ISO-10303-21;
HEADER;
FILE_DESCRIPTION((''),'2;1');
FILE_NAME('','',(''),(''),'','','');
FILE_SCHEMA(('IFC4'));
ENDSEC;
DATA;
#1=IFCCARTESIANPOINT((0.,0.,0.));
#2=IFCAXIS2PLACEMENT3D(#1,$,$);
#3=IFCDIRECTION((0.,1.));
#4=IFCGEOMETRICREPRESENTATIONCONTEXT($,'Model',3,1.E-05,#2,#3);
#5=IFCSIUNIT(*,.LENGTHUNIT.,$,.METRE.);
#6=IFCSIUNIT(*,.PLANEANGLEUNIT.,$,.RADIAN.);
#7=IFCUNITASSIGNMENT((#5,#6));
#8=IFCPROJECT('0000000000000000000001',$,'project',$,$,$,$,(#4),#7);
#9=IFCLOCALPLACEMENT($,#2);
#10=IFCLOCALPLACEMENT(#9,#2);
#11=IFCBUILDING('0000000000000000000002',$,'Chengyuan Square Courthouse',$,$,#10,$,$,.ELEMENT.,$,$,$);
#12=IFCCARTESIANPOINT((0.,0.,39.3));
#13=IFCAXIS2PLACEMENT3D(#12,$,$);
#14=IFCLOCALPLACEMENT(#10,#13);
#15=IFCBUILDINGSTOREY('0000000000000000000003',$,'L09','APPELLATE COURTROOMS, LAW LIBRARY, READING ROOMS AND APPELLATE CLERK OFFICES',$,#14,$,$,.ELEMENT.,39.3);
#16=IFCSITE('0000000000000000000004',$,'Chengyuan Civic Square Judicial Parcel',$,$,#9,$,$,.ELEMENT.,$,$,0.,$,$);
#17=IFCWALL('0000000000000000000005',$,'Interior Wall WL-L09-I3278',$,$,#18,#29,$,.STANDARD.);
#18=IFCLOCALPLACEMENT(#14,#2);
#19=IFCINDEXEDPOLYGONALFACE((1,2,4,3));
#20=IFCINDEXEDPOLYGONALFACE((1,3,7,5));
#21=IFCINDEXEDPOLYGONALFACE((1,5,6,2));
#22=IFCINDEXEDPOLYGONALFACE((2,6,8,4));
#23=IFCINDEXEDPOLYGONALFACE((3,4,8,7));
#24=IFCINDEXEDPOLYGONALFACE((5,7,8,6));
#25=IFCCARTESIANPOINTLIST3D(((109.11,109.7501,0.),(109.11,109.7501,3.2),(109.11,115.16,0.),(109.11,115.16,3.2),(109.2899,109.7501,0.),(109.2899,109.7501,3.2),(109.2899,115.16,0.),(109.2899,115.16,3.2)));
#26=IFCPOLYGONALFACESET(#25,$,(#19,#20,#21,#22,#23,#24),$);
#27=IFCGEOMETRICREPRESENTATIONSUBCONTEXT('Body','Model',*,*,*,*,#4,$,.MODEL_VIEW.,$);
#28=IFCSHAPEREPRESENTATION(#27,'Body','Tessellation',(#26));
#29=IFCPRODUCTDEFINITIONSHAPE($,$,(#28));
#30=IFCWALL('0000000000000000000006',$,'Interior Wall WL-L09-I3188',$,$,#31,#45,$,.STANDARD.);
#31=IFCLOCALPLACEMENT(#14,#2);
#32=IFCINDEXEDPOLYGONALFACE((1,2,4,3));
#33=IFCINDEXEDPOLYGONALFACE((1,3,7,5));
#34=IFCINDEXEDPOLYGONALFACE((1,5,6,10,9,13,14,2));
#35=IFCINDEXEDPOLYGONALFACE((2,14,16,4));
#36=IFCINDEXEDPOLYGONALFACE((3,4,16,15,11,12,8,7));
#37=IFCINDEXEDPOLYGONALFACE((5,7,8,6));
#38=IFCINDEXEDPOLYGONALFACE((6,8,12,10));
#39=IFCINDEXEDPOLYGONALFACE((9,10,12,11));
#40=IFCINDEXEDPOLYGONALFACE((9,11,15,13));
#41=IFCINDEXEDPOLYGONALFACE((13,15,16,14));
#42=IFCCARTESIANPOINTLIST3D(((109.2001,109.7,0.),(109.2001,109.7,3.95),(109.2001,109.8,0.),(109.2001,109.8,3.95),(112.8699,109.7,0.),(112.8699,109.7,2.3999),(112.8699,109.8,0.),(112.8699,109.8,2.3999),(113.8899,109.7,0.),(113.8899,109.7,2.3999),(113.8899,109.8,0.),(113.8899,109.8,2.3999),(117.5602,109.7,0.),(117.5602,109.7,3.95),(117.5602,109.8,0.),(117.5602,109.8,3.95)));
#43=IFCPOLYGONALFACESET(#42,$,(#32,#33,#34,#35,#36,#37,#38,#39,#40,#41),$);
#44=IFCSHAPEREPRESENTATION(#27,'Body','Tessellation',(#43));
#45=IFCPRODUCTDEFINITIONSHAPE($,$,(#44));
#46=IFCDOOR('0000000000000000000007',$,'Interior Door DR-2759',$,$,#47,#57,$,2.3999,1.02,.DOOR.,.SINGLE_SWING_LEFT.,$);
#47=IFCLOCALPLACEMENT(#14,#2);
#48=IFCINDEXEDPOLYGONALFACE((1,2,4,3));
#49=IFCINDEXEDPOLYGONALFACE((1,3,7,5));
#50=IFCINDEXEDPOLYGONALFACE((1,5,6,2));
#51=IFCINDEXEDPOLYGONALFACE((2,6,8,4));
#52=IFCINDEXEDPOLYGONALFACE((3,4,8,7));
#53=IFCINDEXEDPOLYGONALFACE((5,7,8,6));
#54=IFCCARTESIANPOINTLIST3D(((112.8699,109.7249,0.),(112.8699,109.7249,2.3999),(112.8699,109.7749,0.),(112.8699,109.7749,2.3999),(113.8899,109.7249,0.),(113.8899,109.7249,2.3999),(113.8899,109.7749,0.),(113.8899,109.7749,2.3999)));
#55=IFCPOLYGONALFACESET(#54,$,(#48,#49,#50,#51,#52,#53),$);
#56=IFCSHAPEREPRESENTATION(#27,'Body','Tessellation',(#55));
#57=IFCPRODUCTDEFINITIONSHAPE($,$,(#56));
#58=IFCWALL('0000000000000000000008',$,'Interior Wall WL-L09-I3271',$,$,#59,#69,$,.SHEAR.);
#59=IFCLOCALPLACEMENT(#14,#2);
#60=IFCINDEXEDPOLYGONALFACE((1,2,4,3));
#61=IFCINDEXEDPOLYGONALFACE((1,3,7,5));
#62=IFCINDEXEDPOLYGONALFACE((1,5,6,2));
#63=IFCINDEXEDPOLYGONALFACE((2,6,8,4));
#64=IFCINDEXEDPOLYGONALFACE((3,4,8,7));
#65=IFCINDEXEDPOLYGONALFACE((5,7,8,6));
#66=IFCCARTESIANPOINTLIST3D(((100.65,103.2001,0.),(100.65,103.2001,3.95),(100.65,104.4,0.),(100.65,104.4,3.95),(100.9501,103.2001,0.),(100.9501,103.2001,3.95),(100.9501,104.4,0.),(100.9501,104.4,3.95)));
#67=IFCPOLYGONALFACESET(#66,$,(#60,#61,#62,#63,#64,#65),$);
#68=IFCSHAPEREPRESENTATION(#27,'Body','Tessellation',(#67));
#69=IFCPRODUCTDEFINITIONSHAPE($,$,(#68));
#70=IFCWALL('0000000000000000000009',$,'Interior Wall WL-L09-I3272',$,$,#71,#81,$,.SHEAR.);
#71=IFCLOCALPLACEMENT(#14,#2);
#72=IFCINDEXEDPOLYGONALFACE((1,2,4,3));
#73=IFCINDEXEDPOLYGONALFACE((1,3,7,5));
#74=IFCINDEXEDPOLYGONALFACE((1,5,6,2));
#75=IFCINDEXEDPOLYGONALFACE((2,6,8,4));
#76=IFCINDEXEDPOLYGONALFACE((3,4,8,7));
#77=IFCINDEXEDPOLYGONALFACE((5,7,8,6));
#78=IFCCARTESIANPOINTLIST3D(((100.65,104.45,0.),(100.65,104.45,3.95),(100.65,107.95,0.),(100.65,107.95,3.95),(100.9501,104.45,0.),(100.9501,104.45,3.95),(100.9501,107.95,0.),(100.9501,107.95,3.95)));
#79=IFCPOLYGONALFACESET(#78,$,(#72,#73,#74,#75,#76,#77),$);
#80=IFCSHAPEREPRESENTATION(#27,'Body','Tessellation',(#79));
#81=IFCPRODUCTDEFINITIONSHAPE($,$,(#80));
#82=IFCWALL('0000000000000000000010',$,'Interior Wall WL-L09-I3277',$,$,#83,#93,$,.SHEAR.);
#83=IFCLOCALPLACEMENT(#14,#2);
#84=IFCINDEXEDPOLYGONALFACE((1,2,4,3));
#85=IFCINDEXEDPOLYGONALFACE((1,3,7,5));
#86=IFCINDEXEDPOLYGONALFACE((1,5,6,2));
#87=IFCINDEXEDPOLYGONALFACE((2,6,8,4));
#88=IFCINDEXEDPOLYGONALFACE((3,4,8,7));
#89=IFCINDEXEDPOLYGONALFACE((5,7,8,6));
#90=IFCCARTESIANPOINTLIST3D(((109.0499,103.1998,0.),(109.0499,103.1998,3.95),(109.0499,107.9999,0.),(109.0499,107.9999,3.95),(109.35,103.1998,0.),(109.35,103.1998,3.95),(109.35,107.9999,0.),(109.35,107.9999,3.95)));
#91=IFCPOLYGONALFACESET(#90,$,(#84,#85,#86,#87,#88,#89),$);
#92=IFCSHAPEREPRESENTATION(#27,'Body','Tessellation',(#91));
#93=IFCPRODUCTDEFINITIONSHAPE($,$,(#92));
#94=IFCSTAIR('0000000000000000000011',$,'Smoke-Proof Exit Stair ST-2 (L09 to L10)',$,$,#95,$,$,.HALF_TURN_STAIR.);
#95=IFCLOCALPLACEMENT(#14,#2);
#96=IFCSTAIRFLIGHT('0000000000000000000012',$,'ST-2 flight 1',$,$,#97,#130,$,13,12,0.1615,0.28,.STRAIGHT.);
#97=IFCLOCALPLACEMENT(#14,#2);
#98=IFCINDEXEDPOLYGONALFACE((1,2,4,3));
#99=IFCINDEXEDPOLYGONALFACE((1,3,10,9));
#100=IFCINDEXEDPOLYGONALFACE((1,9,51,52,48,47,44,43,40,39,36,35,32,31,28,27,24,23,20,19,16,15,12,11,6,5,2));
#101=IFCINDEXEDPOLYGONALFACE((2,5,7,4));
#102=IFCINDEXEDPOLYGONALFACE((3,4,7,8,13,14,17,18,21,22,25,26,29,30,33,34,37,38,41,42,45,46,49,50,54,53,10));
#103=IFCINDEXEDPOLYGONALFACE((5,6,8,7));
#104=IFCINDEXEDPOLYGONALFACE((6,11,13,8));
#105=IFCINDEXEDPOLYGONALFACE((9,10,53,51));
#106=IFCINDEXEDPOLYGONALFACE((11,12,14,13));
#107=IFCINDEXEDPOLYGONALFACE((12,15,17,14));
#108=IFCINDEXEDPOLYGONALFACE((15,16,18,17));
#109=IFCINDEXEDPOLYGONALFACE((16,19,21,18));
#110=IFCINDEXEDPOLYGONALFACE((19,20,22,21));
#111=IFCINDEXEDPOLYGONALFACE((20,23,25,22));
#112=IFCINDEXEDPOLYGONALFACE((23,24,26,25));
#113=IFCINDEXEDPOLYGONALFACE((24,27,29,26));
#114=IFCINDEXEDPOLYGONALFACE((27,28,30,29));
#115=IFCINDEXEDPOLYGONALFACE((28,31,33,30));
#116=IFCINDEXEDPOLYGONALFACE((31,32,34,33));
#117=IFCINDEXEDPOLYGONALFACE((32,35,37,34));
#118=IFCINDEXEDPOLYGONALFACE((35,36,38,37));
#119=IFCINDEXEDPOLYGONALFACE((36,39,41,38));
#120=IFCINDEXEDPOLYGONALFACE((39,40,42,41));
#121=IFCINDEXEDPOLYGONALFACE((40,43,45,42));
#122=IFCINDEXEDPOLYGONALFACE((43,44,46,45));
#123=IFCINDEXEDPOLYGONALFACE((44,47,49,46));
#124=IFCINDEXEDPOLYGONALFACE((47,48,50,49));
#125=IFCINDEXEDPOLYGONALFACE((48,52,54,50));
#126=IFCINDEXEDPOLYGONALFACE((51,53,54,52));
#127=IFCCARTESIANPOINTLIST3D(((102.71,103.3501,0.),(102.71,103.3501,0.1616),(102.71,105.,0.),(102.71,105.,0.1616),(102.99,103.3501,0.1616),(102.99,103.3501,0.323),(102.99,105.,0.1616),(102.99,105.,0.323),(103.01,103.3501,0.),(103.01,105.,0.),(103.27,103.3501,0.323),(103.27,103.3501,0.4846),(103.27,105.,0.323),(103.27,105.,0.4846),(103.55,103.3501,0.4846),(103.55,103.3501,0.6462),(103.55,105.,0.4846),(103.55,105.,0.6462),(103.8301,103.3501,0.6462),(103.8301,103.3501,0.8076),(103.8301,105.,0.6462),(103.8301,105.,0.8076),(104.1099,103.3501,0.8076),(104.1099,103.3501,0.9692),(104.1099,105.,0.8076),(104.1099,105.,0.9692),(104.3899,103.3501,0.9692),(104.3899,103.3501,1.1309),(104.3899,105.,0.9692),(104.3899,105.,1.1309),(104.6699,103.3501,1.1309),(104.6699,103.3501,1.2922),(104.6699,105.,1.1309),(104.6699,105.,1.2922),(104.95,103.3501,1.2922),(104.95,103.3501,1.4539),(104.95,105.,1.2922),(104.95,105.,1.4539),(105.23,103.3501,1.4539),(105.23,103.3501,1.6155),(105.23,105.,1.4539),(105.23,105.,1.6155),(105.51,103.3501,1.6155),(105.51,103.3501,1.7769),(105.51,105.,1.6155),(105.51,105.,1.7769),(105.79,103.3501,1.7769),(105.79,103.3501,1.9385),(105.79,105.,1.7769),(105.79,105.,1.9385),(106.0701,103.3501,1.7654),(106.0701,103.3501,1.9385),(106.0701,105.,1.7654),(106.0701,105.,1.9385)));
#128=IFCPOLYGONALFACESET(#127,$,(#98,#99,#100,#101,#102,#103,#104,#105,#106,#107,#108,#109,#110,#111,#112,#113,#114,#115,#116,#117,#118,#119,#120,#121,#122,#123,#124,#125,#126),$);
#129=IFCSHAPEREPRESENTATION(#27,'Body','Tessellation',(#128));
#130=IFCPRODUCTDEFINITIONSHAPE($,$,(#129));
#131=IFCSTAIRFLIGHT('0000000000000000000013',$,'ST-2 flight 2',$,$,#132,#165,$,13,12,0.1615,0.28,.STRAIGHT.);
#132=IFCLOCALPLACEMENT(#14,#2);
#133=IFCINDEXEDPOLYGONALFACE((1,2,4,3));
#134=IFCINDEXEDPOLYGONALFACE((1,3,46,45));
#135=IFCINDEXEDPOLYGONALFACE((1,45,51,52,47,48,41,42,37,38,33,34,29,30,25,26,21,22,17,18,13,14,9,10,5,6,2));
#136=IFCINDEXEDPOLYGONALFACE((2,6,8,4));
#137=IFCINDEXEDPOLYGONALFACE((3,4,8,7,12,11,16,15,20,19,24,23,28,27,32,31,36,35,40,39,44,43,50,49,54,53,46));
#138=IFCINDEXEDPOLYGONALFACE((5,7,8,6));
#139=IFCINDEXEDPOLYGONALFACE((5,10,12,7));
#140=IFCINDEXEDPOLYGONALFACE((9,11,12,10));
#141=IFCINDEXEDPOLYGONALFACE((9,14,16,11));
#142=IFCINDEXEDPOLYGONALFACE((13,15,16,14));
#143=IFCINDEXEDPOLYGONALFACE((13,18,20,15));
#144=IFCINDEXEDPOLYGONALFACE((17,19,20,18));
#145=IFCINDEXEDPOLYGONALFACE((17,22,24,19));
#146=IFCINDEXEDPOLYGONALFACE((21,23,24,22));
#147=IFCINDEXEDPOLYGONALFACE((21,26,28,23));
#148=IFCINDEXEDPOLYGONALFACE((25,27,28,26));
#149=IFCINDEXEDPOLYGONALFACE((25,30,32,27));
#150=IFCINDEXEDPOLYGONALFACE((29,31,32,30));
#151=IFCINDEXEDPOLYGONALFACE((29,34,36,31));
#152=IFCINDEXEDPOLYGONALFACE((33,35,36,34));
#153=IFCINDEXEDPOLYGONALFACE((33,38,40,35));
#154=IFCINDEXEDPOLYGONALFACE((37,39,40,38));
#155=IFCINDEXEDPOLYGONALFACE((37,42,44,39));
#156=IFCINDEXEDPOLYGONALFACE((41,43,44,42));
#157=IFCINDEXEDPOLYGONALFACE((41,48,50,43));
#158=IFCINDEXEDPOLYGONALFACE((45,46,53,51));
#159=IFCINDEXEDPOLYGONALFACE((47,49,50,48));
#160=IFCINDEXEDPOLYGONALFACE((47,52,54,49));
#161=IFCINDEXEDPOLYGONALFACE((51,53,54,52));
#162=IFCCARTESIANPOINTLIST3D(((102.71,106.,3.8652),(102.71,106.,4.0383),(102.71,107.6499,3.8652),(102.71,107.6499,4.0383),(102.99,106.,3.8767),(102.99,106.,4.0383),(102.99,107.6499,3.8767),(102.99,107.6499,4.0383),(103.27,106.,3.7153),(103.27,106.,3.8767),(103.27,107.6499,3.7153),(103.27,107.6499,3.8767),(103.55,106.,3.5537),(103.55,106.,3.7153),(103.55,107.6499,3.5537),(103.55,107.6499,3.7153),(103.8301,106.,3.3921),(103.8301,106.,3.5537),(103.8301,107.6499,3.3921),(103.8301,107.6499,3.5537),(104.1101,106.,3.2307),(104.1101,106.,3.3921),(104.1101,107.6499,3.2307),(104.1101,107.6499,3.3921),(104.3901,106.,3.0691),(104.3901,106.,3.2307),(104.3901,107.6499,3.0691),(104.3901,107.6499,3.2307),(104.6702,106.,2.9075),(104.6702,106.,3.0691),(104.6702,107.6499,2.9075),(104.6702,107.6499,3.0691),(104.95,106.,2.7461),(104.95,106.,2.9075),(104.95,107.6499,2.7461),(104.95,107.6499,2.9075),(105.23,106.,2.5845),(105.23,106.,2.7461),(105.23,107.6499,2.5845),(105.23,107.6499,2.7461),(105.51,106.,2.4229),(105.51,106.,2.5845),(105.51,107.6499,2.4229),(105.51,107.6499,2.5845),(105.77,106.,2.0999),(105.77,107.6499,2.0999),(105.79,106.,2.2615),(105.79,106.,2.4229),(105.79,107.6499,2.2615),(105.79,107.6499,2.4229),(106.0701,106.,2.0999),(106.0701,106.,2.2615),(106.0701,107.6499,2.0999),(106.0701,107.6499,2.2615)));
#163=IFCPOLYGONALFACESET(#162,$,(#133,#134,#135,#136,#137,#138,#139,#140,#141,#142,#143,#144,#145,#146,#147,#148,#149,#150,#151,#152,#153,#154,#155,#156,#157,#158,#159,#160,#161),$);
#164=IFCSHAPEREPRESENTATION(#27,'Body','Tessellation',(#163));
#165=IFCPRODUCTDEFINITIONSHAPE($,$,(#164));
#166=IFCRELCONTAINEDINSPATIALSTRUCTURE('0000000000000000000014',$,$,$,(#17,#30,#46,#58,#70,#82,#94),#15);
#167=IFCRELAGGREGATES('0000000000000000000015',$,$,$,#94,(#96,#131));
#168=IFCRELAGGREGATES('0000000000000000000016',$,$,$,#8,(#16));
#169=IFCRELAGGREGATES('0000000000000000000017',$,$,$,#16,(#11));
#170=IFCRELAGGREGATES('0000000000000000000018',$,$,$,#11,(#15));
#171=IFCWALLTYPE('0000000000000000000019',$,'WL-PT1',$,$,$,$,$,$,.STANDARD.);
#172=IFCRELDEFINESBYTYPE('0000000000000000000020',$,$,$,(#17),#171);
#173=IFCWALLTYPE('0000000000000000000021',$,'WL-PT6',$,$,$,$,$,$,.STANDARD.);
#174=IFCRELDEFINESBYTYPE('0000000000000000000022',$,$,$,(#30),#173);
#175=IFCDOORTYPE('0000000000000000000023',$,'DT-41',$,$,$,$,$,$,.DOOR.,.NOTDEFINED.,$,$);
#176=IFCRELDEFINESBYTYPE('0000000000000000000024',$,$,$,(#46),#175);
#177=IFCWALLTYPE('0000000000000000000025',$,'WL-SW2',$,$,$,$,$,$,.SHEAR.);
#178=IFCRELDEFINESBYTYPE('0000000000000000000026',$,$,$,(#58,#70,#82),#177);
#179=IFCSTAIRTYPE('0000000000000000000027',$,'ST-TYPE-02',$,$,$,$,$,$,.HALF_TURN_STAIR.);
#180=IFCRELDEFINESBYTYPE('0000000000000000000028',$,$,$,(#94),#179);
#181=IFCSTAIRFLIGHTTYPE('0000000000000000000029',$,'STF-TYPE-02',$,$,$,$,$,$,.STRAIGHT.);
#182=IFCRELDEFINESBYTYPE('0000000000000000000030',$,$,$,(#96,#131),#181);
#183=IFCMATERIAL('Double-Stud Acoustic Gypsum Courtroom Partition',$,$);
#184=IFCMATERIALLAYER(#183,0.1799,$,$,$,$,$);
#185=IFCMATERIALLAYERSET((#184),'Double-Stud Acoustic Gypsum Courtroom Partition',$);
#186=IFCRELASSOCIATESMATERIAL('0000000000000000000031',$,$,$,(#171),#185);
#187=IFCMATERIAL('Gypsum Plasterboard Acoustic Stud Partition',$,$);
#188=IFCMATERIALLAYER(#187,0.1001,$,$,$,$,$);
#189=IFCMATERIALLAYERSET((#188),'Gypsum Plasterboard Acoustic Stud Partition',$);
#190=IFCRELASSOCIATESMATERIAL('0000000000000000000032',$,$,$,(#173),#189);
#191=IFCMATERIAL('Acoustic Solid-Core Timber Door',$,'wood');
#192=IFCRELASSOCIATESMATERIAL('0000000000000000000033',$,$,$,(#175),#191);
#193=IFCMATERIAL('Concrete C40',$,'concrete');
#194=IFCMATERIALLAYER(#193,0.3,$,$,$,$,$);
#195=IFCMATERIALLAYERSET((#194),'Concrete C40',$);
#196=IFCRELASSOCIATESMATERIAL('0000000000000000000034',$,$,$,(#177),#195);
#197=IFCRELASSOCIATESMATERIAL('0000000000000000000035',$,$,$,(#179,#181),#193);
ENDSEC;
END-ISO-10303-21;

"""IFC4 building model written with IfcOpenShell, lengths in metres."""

from ifc_helpers import new_model, si_unit, direction, frame, frame_2d, origin, place, context, subcontext, project, spatial, polyline, rectangle, outline, extrude, material, layer, layer_set, type_object, element, fill, aggregate, save


model = new_model("IFC4")

# Units and contexts
model_context = context("Model", 3, precision=1e-05, world=origin(), true_north=direction((0.0, 1.0)))
body_context = subcontext(model_context, "Body", "Model", "MODEL_VIEW")
ifc_project = project(units=[si_unit("LENGTHUNIT", "METRE"), si_unit("PLANEANGLEUNIT", "RADIAN")], contexts=[model_context])

# Site, building, storey
site_placement = place(None, origin())
site = spatial("IfcSite", under=ifc_project, at=site_placement, Name="Chengyuan Civic Square Judicial Parcel", CompositionType="ELEMENT", RefElevation=0.0)
building_placement = place(site_placement, origin())
building = spatial("IfcBuilding", under=site, at=building_placement, Name="Chengyuan Square Courthouse", CompositionType="ELEMENT")
storey_placement = place(building_placement, frame((0.0, 0.0, 39.3)))
storey = spatial("IfcBuildingStorey", under=building, at=storey_placement, Name="L09", Description="APPELLATE COURTROOMS, LAW LIBRARY, READING ROOMS AND APPELLATE CLERK OFFICES", CompositionType="ELEMENT", Elevation=39.3)

# Shared definitions
ifc_material_1 = material(Name="Concrete C40", Category="concrete")

# Wall
ifc_material_2 = material(Name="Double-Stud Acoustic Gypsum Courtroom Partition")
ifc_layer_1 = layer(ifc_material_2, 0.1799)
ifc_layer_set_1 = layer_set([ifc_layer_1], Name="Double-Stud Acoustic Gypsum Courtroom Partition")
wall_type_1 = type_object("IfcWallType", Name="WL-PT1", PredefinedType="STANDARD", material=ifc_layer_set_1)
wall_1_placement = place(storey_placement, frame((109.2, 109.75, 0.0), z_axis=(0.0, 0.0, 1.0), x_axis=(0.0, 1.0, 0.0)))
element("IfcWall", 1, at=wall_1_placement, inside=storey, type_object=wall_type_1, Name="Interior Wall WL-L09-I3278", PredefinedType="STANDARD", context=body_context, shape_type="SweptSolid", body=[
    extrude(rectangle(XDim=5.4099, YDim=0.1799, at=frame_2d((2.7051, 0.0))), origin(), (0.0, 0.0, 1.0), 3.2),
])

# Wall, opening, door
ifc_material_3 = material(Name="Gypsum Plasterboard Acoustic Stud Partition")
ifc_layer_2 = layer(ifc_material_3, 0.1001)
ifc_layer_set_2 = layer_set([ifc_layer_2], Name="Gypsum Plasterboard Acoustic Stud Partition")
wall_type_2 = type_object("IfcWallType", Name="WL-PT6", PredefinedType="STANDARD", material=ifc_layer_set_2)
wall_2_placement = place(storey_placement, frame((109.2, 109.75, 0.0), z_axis=(0.0, 0.0, 1.0), x_axis=(1.0, 0.0, 0.0)))
wall_2 = element("IfcWall", 2, at=wall_2_placement, inside=storey, type_object=wall_type_2, Name="Interior Wall WL-L09-I3188", PredefinedType="STANDARD", context=body_context, shape_type="SweptSolid", body=[
    extrude(rectangle(XDim=8.3601, YDim=0.1001, at=frame_2d((4.1802, 0.0))), origin(), (0.0, 0.0, 1.0), 3.95),
])
opening_1_placement = place(wall_2_placement, frame((3.6699, 0.0, 0.0)))
opening_1 = element("IfcOpeningElement", 3, at=opening_1_placement, cuts=wall_2, PredefinedType="OPENING", context=body_context, shape_type="SweptSolid", body=[
    extrude(rectangle(XDim=1.02, YDim=2.3999, at=frame_2d((0.51, 1.2))), frame((0.0, 0.062, 0.0), z_axis=(0.0, -1.0, 0.0), x_axis=(1.0, 0.0, 0.0)), (0.0, 0.0, 1.0), 0.124),
])
ifc_material_4 = material(Name="Acoustic Solid-Core Timber Door", Category="wood")
door_type_1 = type_object("IfcDoorType", Name="DT-41", OperationType="NOTDEFINED", PredefinedType="DOOR", material=ifc_material_4)
door_1_placement = place(opening_1_placement, origin())
door_1 = element("IfcDoor", 4, at=door_1_placement, inside=storey, type_object=door_type_1, Name="Interior Door DR-2759", OperationType="SINGLE_SWING_LEFT", OverallHeight=2.3999, OverallWidth=1.02, PredefinedType="DOOR", context=body_context, shape_type="SweptSolid", body=[
    extrude(rectangle(XDim=1.02, YDim=2.3999, at=frame_2d((0.51, 1.2))), frame((0.0, 0.0249, 0.0), z_axis=(0.0, -1.0, 0.0), x_axis=(1.0, 0.0, 0.0)), (0.0, 0.0, 1.0), 0.05),
])
fill(opening_1, door_1)

# Walls
ifc_layer_3 = layer(ifc_material_1, 0.3)
ifc_layer_set_3 = layer_set([ifc_layer_3], Name="Concrete C40")
wall_type_3 = type_object("IfcWallType", Name="WL-SW2", PredefinedType="SHEAR", material=ifc_layer_set_3)
wall_3_placement = place(storey_placement, frame((100.8, 103.2, 0.0), z_axis=(0.0, 0.0, 1.0), x_axis=(0.0, 1.0, 0.0)))
element("IfcWall", 5, at=wall_3_placement, inside=storey, type_object=wall_type_3, Name="Interior Wall WL-L09-I3271", PredefinedType="SHEAR", context=body_context, shape_type="SweptSolid", body=[
    extrude(rectangle(XDim=1.2, YDim=0.3, at=frame_2d((0.6001, 0.0))), origin(), (0.0, 0.0, 1.0), 3.95),
])
wall_4_placement = place(storey_placement, frame((100.8, 104.45, 0.0), z_axis=(0.0, 0.0, 1.0), x_axis=(0.0, 1.0, 0.0)))
element("IfcWall", 6, at=wall_4_placement, inside=storey, type_object=wall_type_3, Name="Interior Wall WL-L09-I3272", PredefinedType="SHEAR", context=body_context, shape_type="SweptSolid", body=[
    extrude(rectangle(XDim=3.5, YDim=0.3, at=frame_2d((1.75, 0.0))), origin(), (0.0, 0.0, 1.0), 3.95),
])
wall_5_placement = place(storey_placement, frame((109.2, 103.2, 0.0), z_axis=(0.0, 0.0, 1.0), x_axis=(0.0, 1.0, 0.0)))
element("IfcWall", 7, at=wall_5_placement, inside=storey, type_object=wall_type_3, Name="Interior Wall WL-L09-I3277", PredefinedType="SHEAR", context=body_context, shape_type="SweptSolid", body=[
    extrude(rectangle(XDim=4.8, YDim=0.3, at=frame_2d((2.3999, 0.0))), origin(), (0.0, 0.0, 1.0), 3.95),
])

# Stair, stair flights
stair_type = type_object("IfcStairType", Name="ST-TYPE-02", PredefinedType="HALF_TURN_STAIR", material=ifc_material_1)
stair_placement = place(storey_placement, origin())
stair = element("IfcStair", 8, at=stair_placement, inside=storey, type_object=stair_type, Name="Smoke-Proof Exit Stair ST-2 (L09 to L10)", PredefinedType="HALF_TURN_STAIR")
stair_flight_type = type_object("IfcStairFlightType", Name="STF-TYPE-02", PredefinedType="STRAIGHT", material=ifc_material_1)
stair_flight_1_placement = place(storey_placement, frame((102.71, 104.175, 0.0), z_axis=(0.0, 0.0, 1.0), x_axis=(1.0, 0.0, 0.0)))
stair_flight_1 = element("IfcStairFlight", 9, at=stair_flight_1_placement, type_object=stair_flight_type, Name="ST-2 flight 1", NumberOfRisers=13, NumberOfTreads=12, PredefinedType="STRAIGHT", RiserHeight=0.1615, TreadLength=0.28, context=body_context, shape_type="SweptSolid", body=[
    extrude(outline(polyline([(0.0, 0.0), (0.0, 0.1616), (0.28, 0.1616), (0.28, 0.323), (0.5601, 0.323), (0.5601, 0.4846), (0.8401, 0.4846), (0.8401, 0.6462), (1.1201, 0.6462), (1.1201, 0.8076), (1.3999, 0.8076), (1.3999, 0.9692), (1.6799, 0.9692), (1.6799, 1.1309), (1.96, 1.1309), (1.96, 1.2922), (2.24, 1.2922), (2.24, 1.4539), (2.52, 1.4539), (2.52, 1.6155), (2.8, 1.6155), (2.8, 1.7769), (3.0801, 1.7769), (3.0801, 1.9385), (3.3601, 1.9385), (3.3601, 2.1001), (3.3601, 1.7654), (0.3, 0.0), (0.0, 0.0)])), frame((0.0, 0.825, 0.0), z_axis=(0.0, -1.0, 0.0), x_axis=(1.0, 0.0, 0.0)), (0.0, 0.0, 1.0), 1.6499),
])
stair_flight_2_placement = place(storey_placement, frame((106.0701, 106.825, 2.0999), z_axis=(0.0, 0.0, 1.0), x_axis=(-1.0, 0.0, 0.0)))
stair_flight_2 = element("IfcStairFlight", 10, at=stair_flight_2_placement, type_object=stair_flight_type, Name="ST-2 flight 2", NumberOfRisers=13, NumberOfTreads=12, PredefinedType="STRAIGHT", RiserHeight=0.1615, TreadLength=0.28, context=body_context, shape_type="SweptSolid", body=[
    extrude(outline(polyline([(0.0, 0.0), (0.0, 0.1616), (0.28, 0.1616), (0.28, 0.323), (0.5601, 0.323), (0.5601, 0.4846), (0.8401, 0.4846), (0.8401, 0.6462), (1.1201, 0.6462), (1.1201, 0.8076), (1.3999, 0.8076), (1.3999, 0.9692), (1.6799, 0.9692), (1.6799, 1.1309), (1.96, 1.1309), (1.96, 1.2922), (2.24, 1.2922), (2.24, 1.4539), (2.52, 1.4539), (2.52, 1.6155), (2.8, 1.6155), (2.8, 1.7769), (3.0801, 1.7769), (3.0801, 1.9385), (3.3601, 1.9385), (3.3601, 2.1001), (3.3601, 1.7654), (0.3, 0.0), (0.0, 0.0)])), frame((0.0, 0.825, 0.0), z_axis=(0.0, -1.0, 0.0), x_axis=(1.0, 0.0, 0.0)), (0.0, 0.0, 1.0), 1.6499),
])
aggregate(stair, [stair_flight_1, stair_flight_2])

save(model, "model.ifc")
